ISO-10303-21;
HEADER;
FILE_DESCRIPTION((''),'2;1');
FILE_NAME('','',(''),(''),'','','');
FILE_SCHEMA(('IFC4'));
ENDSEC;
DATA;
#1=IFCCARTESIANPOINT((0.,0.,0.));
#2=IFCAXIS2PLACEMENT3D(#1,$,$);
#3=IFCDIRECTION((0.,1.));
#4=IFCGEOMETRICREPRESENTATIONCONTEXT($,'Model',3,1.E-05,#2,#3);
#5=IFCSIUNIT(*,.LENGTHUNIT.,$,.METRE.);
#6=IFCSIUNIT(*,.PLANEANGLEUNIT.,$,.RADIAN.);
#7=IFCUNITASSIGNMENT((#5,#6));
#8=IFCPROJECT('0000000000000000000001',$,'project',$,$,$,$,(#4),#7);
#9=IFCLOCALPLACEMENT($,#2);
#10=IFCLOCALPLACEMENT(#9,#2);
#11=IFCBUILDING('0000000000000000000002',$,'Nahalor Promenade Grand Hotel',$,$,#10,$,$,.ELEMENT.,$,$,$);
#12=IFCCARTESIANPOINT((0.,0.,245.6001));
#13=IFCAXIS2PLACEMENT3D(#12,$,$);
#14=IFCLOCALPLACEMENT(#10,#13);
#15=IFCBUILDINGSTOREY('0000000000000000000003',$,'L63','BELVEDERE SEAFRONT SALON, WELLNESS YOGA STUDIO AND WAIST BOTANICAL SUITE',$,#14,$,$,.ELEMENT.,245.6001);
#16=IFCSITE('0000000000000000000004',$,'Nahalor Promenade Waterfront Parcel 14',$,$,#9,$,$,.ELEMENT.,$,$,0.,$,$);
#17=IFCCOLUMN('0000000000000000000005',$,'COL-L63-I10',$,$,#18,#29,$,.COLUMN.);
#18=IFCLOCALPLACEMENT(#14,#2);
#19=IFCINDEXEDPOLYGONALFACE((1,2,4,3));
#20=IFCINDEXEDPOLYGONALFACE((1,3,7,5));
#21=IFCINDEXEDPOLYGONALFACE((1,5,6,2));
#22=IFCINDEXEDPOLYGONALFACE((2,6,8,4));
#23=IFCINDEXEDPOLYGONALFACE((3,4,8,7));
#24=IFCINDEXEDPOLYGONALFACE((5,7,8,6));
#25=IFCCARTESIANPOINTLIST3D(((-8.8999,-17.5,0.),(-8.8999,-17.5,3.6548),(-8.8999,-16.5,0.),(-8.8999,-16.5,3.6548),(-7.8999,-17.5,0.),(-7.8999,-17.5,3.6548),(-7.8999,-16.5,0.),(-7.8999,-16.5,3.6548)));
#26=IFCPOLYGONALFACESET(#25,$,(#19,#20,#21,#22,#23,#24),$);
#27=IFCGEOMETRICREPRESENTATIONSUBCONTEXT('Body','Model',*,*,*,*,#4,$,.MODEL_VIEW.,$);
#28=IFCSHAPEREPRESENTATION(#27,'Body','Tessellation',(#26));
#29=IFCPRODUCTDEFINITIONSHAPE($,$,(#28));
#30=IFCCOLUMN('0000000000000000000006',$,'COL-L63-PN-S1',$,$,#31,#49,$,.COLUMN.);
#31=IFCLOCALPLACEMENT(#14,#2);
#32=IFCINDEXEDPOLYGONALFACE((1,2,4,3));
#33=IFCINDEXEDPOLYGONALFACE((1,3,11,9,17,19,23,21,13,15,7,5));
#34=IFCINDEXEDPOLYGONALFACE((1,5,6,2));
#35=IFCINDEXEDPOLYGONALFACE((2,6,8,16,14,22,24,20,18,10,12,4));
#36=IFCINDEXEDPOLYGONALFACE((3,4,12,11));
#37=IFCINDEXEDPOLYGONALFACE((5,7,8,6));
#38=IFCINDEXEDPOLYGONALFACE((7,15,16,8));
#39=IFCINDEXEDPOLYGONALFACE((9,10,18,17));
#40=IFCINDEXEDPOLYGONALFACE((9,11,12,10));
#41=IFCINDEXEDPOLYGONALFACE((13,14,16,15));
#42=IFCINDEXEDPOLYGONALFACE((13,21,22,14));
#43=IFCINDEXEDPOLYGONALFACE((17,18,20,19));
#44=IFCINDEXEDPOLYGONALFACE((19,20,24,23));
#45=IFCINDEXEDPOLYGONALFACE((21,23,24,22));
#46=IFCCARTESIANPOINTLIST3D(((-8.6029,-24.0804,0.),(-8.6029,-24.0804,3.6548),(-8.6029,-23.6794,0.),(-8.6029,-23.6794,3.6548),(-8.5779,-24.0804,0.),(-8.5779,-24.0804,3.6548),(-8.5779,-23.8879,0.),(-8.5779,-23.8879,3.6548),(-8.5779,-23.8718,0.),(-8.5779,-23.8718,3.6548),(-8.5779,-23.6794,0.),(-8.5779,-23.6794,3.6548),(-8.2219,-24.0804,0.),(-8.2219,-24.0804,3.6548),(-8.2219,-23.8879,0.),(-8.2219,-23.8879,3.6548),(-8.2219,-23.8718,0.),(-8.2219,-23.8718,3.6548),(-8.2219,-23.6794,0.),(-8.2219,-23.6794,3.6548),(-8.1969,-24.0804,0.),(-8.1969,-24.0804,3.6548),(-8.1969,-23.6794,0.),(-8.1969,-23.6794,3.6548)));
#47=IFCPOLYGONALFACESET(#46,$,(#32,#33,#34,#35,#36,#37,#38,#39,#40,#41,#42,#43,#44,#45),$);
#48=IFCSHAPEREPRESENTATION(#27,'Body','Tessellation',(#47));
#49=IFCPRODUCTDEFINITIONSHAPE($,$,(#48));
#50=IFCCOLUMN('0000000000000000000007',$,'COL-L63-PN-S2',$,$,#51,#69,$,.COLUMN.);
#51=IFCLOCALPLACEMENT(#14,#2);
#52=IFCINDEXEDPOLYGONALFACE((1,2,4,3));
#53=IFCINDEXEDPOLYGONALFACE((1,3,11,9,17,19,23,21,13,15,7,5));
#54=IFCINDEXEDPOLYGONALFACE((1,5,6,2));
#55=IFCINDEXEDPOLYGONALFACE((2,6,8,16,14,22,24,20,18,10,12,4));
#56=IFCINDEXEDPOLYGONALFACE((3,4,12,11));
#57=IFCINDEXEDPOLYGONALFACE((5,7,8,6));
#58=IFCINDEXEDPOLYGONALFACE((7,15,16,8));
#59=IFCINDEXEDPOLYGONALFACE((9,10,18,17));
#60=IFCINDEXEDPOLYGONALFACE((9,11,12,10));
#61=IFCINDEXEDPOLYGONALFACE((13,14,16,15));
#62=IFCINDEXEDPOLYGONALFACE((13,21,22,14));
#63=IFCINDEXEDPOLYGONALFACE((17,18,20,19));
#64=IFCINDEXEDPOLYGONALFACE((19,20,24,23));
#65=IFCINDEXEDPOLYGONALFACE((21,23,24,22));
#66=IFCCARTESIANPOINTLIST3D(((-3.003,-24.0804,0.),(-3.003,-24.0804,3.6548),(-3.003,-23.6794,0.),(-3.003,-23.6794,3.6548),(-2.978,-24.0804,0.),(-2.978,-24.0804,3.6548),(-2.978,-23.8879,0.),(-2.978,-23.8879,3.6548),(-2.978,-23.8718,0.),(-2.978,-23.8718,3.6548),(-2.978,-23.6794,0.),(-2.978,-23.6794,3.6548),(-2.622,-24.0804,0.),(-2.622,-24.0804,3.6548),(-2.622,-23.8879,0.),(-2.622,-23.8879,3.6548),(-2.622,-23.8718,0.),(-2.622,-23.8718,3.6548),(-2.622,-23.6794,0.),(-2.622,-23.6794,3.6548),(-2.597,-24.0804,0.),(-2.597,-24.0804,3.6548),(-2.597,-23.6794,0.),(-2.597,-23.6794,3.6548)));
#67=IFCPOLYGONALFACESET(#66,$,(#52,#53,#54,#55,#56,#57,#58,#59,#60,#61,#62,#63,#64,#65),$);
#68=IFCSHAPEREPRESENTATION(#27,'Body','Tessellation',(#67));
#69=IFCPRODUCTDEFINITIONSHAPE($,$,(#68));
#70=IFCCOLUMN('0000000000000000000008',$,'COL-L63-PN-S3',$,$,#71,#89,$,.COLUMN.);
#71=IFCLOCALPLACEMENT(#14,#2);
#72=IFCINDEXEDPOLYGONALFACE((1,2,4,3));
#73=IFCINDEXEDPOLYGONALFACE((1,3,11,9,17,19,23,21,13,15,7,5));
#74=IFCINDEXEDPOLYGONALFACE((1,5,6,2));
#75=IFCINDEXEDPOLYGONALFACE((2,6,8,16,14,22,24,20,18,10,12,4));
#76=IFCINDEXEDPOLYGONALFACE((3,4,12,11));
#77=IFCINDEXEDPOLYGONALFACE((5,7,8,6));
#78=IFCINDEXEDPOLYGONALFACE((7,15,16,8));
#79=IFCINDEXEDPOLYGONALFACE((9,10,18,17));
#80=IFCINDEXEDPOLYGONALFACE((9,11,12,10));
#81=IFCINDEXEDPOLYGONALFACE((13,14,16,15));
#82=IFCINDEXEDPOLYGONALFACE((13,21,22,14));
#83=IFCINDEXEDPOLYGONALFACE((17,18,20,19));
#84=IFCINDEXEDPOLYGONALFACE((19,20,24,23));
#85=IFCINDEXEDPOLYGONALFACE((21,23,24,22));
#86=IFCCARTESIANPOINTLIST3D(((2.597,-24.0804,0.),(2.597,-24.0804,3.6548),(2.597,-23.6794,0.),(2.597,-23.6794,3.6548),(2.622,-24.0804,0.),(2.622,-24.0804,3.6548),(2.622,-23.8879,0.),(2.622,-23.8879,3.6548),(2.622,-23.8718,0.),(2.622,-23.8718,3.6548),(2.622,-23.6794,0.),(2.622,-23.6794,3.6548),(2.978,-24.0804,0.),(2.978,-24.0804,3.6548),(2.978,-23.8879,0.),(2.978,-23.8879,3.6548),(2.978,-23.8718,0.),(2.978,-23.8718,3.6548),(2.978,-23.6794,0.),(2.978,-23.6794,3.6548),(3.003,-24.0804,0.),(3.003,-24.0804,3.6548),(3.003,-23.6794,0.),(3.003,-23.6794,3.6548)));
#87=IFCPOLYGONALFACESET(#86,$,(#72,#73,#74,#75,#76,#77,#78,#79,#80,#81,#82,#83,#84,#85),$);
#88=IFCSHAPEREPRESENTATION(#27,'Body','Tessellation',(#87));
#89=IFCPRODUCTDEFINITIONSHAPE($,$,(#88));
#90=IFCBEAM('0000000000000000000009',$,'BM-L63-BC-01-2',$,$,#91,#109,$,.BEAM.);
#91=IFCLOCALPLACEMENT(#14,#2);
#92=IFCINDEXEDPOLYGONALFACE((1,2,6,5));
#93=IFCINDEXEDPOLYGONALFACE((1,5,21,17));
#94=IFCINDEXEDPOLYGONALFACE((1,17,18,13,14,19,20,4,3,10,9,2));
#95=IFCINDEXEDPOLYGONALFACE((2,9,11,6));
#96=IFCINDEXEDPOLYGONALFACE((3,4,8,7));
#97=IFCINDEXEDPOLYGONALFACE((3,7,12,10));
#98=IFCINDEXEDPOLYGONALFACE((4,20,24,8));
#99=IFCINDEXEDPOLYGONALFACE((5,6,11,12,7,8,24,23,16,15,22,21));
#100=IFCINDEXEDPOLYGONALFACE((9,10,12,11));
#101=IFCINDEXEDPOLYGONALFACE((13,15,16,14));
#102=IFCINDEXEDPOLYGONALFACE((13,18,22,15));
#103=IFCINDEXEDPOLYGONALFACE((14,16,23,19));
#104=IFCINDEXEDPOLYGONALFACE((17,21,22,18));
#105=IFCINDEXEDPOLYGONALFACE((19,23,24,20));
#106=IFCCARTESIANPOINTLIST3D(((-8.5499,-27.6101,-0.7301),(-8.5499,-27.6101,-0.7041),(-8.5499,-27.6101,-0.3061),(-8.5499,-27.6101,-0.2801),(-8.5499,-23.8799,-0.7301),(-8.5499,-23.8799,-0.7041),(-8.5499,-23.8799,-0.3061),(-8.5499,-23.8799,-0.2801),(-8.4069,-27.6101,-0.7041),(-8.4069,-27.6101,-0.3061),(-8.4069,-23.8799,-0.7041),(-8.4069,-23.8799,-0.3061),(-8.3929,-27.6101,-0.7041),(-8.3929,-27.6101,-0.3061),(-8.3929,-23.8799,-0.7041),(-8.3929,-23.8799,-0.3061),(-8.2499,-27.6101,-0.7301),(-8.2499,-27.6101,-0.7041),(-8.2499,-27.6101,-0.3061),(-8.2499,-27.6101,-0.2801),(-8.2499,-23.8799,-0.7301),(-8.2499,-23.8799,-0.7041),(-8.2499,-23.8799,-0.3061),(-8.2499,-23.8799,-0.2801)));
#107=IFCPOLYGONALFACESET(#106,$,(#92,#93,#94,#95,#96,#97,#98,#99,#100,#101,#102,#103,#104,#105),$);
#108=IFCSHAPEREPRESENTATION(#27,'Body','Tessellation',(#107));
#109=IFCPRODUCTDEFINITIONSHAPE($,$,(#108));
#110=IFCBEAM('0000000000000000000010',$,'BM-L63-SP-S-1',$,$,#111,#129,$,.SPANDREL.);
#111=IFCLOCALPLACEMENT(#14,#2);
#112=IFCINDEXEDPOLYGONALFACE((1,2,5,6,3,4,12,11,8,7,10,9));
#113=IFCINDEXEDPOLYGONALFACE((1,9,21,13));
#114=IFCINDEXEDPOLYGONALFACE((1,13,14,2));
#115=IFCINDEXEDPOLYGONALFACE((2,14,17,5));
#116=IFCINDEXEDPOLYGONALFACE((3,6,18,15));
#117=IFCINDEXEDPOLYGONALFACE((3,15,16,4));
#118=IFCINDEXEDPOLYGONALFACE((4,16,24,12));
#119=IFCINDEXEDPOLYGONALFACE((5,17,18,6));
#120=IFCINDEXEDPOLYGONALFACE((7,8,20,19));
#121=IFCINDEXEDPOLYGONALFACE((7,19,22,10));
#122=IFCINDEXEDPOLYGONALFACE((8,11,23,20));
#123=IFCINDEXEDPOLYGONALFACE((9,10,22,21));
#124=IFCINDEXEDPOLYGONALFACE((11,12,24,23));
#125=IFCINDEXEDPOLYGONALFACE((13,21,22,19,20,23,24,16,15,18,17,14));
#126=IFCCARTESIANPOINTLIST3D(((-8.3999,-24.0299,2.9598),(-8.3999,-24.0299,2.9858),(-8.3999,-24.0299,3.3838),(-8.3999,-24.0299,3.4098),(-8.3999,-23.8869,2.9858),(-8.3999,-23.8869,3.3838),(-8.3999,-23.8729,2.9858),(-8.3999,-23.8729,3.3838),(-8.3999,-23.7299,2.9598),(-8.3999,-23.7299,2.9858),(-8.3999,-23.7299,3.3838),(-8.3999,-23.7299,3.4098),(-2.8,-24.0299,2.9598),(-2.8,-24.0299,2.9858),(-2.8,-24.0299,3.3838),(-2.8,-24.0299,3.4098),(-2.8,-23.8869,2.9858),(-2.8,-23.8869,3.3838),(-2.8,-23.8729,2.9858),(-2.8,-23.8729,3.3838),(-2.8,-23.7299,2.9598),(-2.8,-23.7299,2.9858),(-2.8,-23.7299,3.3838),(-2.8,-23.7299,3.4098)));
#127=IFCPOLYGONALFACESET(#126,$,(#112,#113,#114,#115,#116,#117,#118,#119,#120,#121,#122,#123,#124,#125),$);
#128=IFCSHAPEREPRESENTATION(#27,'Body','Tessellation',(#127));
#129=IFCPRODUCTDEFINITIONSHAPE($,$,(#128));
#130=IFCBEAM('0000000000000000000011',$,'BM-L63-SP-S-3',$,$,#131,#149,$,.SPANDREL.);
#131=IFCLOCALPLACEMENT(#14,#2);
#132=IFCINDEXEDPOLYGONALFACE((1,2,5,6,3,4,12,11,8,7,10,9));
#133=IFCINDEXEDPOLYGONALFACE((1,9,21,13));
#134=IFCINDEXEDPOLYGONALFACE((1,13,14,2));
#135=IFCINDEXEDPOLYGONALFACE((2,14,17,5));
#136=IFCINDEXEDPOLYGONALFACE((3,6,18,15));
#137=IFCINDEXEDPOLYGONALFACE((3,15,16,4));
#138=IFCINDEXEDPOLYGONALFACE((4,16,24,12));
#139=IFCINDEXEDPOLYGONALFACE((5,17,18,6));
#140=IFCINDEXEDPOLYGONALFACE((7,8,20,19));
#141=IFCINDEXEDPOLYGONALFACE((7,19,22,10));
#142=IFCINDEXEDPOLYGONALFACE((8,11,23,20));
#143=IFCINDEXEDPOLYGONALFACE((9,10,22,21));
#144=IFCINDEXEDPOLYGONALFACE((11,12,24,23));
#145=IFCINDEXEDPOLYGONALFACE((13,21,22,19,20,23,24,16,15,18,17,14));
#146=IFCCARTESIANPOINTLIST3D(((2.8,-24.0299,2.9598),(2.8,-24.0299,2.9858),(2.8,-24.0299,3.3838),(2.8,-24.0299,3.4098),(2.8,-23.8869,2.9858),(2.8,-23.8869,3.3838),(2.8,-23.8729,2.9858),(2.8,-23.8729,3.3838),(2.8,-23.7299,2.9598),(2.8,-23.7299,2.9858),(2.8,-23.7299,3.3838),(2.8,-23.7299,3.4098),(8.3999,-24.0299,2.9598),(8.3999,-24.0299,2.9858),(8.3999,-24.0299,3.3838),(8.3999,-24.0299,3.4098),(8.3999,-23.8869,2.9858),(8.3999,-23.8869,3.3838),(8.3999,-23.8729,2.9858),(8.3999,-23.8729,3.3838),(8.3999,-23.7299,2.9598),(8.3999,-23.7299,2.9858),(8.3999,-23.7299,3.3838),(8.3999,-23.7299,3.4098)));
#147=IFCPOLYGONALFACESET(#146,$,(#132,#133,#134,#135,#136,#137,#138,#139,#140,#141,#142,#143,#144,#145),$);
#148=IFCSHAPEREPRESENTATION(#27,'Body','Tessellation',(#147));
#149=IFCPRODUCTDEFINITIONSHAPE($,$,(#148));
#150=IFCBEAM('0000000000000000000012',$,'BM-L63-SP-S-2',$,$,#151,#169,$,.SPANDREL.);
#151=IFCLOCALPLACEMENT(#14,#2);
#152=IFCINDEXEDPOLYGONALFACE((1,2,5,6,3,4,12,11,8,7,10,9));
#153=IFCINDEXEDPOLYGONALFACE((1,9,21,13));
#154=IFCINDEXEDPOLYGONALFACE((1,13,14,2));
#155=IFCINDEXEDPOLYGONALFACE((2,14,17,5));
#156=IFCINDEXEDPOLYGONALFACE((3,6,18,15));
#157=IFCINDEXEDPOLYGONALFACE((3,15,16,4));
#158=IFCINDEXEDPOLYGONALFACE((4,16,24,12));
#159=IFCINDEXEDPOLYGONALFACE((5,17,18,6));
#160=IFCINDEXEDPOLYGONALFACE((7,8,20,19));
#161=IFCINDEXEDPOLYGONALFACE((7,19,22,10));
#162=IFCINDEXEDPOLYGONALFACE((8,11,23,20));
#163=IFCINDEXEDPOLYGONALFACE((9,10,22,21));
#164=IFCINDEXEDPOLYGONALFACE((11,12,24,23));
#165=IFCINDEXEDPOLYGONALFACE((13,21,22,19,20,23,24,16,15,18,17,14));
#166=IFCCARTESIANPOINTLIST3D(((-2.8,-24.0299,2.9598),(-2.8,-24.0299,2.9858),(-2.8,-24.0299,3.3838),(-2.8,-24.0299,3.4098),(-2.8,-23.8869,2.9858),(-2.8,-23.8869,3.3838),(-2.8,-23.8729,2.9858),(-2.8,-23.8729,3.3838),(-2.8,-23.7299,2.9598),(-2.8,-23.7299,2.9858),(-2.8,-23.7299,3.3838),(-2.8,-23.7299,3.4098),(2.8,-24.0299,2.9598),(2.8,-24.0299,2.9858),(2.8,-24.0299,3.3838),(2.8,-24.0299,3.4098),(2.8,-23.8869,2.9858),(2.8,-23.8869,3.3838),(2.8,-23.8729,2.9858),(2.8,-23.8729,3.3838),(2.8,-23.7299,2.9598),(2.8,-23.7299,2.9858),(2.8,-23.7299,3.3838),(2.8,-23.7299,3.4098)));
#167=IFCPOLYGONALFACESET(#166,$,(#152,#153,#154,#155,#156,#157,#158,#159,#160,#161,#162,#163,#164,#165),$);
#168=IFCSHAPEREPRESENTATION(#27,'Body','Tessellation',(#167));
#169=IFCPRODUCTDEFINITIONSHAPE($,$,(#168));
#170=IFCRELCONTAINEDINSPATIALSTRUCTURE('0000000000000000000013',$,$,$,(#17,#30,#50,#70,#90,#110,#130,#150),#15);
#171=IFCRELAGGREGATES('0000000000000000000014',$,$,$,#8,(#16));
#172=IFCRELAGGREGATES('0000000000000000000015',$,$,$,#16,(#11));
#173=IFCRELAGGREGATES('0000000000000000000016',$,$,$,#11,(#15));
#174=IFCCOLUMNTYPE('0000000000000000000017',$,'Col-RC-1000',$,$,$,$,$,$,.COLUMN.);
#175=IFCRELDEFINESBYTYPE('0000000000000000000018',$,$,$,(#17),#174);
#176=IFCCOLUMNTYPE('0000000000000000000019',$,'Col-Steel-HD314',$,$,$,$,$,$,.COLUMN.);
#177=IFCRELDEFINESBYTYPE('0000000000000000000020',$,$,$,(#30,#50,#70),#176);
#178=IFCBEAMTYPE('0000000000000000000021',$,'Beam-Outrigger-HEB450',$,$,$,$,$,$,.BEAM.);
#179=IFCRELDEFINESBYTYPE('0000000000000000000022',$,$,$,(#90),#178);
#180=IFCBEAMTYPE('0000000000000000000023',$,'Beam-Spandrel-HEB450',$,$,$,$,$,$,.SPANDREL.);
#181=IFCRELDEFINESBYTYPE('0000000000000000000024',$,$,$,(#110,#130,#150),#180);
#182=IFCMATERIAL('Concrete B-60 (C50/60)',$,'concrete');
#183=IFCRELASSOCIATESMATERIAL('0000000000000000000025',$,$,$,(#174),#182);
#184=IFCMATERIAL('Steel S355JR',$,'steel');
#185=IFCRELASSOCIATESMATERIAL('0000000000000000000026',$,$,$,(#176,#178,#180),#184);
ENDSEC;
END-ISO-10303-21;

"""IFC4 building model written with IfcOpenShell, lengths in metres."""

from ifc_helpers import new_model, si_unit, direction, frame, origin, origin_2d, place, context, subcontext, project, spatial, rectangle, i_section, extrude, source, transform, mapped, material, material_profile, profile_set, type_object, element, save


model = new_model("IFC4")

# Units and contexts
model_context = context("Model", 3, precision=1e-05, world=origin(), true_north=direction((0.0, 1.0)))
body_context = subcontext(model_context, "Body", "Model", "MODEL_VIEW")
ifc_project = project(units=[si_unit("LENGTHUNIT", "METRE"), si_unit("PLANEANGLEUNIT", "RADIAN")], contexts=[model_context])

# Site, building, storey
site_placement = place(None, origin())
site = spatial("IfcSite", under=ifc_project, at=site_placement, Name="Nahalor Promenade Waterfront Parcel 14", CompositionType="ELEMENT", RefElevation=0.0)
building_placement = place(site_placement, origin())
building = spatial("IfcBuilding", under=site, at=building_placement, Name="Nahalor Promenade Grand Hotel", CompositionType="ELEMENT")
storey_placement = place(building_placement, frame((0.0, 0.0, 245.6001)))
storey = spatial("IfcBuildingStorey", under=building, at=storey_placement, Name="L63", Description="BELVEDERE SEAFRONT SALON, WELLNESS YOGA STUDIO AND WAIST BOTANICAL SUITE", CompositionType="ELEMENT", Elevation=245.6001)

# Columns
ifc_material_1 = material(Name="Concrete B-60 (C50/60)", Category="concrete")
ifc_material_profile_1 = material_profile(ifc_material_1, rectangle(XDim=1.0, YDim=1.0, at=origin_2d()), Name="RC 1000x1000")
ifc_profile_set_1 = profile_set([ifc_material_profile_1], Name="Concrete B-60 (C50/60)")
column_type_1 = type_object("IfcColumnType", Name="Col-RC-1000", PredefinedType="COLUMN", material=ifc_profile_set_1)
shared_shape_1 = source(origin(), body_context, "Body", "SweptSolid", [
    extrude(rectangle(XDim=1.0, YDim=1.0, at=origin_2d()), origin(), (0.0, 0.0, 1.0), 3.6548),
])
column_placement = place(storey_placement, frame((-8.3999, -17.0, 0.0), z_axis=(0.0, 0.0, 1.0), x_axis=(1.0, 0.0, 0.0)))
element("IfcColumn", 1, at=column_placement, inside=storey, type_object=column_type_1, Name="COL-L63-I10", PredefinedType="COLUMN", context=body_context, shape_type="MappedRepresentation", body=[
    mapped(shared_shape_1, transform((0.0, 0.0, 0.0), scale=1.0)),
])
ifc_material_2 = material(Name="Steel S355JR", Category="steel")
ifc_material_profile_2 = material_profile(ifc_material_2, i_section(OverallWidth=0.401, OverallDepth=0.406, WebThickness=0.0161, FlangeThickness=0.025, at=origin_2d()), Name="HD 400x314")
ifc_profile_set_2 = profile_set([ifc_material_profile_2], Name="Steel S355JR")
column_type_2 = type_object("IfcColumnType", Name="Col-Steel-HD314", PredefinedType="COLUMN", material=ifc_profile_set_2)
shared_shape_2 = source(origin(), body_context, "Body", "SweptSolid", [
    extrude(i_section(OverallWidth=0.401, OverallDepth=0.406, WebThickness=0.0161, FlangeThickness=0.025, at=origin_2d()), origin(), (0.0, 0.0, 1.0), 3.6548),
])
for number, where, z_axis, x_axis, name in (
    (2, (-8.3999, -23.8799, 0.0), (0.0, 0.0, 1.0), (0.0, 1.0, 0.0), "COL-L63-PN-S1"),
    (3, (-2.8, -23.8799, 0.0), (0.0, 0.0, 1.0), (0.0, 1.0, 0.0), "COL-L63-PN-S2"),
    (4, (2.8, -23.8799, 0.0), (0.0, 0.0, 1.0), (0.0, 1.0, 0.0), "COL-L63-PN-S3"),
):
    element("IfcColumn", number, at=place(storey_placement, frame(where, z_axis=z_axis, x_axis=x_axis)), inside=storey, type_object=column_type_2, Name=name, PredefinedType="COLUMN", context=body_context, shape_type="MappedRepresentation", body=[
        mapped(shared_shape_2, transform((0.0, 0.0, 0.0), scale=1.0)),
    ])

# Beams
ifc_material_profile_3 = material_profile(ifc_material_2, i_section(OverallWidth=0.3, OverallDepth=0.45, WebThickness=0.014, FlangeThickness=0.026, at=origin_2d()), Name="HEB 450")
ifc_profile_set_3 = profile_set([ifc_material_profile_3], Name="Steel S355JR")
beam_type_1 = type_object("IfcBeamType", Name="Beam-Outrigger-HEB450", PredefinedType="BEAM", material=ifc_profile_set_3)
shared_shape_3 = source(origin(), body_context, "Body", "SweptSolid", [
    extrude(i_section(OverallWidth=0.3, OverallDepth=0.45, WebThickness=0.014, FlangeThickness=0.026, at=origin_2d()), origin(), (0.0, 0.0, 1.0), 3.7302),
])
beam_1_placement = place(storey_placement, frame((-8.3999, -27.6101, -0.5051), z_axis=(0.0, 1.0, 0.0), x_axis=(-1.0, 0.0, 0.0)))
element("IfcBeam", 5, at=beam_1_placement, inside=storey, type_object=beam_type_1, Name="BM-L63-BC-01-2", PredefinedType="BEAM", context=body_context, shape_type="MappedRepresentation", body=[
    mapped(shared_shape_3, transform((0.0, 0.0, 0.0), scale=1.0)),
])
ifc_material_profile_4 = material_profile(ifc_material_2, i_section(OverallWidth=0.3, OverallDepth=0.45, WebThickness=0.014, FlangeThickness=0.026, at=origin_2d()), Name="HEB 450")
ifc_profile_set_4 = profile_set([ifc_material_profile_4], Name="Steel S355JR")
beam_type_2 = type_object("IfcBeamType", Name="Beam-Spandrel-HEB450", PredefinedType="SPANDREL", material=ifc_profile_set_4)
shared_shape_4 = source(origin(), body_context, "Body", "SweptSolid", [
    extrude(i_section(OverallWidth=0.3, OverallDepth=0.45, WebThickness=0.014, FlangeThickness=0.026, at=origin_2d()), origin(), (0.0, 0.0, 1.0), 5.5999),
])
for number, where, z_axis, x_axis, name in (
    (6, (-8.3999, -23.8799, 3.1848), (1.0, 0.0, 0.0), (0.0, 1.0, 0.0), "BM-L63-SP-S-1"),
    (7, (2.8, -23.8799, 3.1848), (1.0, 0.0, 0.0), (0.0, 1.0, 0.0), "BM-L63-SP-S-3"),
):
    element("IfcBeam", number, at=place(storey_placement, frame(where, z_axis=z_axis, x_axis=x_axis)), inside=storey, type_object=beam_type_2, Name=name, PredefinedType="SPANDREL", context=body_context, shape_type="MappedRepresentation", body=[
        mapped(shared_shape_4, transform((0.0, 0.0, 0.0), scale=1.0)),
    ])
shared_shape_5 = source(origin(), body_context, "Body", "SweptSolid", [
    extrude(i_section(OverallWidth=0.3, OverallDepth=0.45, WebThickness=0.014, FlangeThickness=0.026, at=origin_2d()), origin(), (0.0, 0.0, 1.0), 5.6001),
])
beam_2_placement = place(storey_placement, frame((-2.8, -23.8799, 3.1848), z_axis=(1.0, 0.0, 0.0), x_axis=(0.0, 1.0, 0.0)))
element("IfcBeam", 8, at=beam_2_placement, inside=storey, type_object=beam_type_2, Name="BM-L63-SP-S-2", PredefinedType="SPANDREL", context=body_context, shape_type="MappedRepresentation", body=[
    mapped(shared_shape_5, transform((0.0, 0.0, 0.0), scale=1.0)),
])

save(model, "model.ifc")
